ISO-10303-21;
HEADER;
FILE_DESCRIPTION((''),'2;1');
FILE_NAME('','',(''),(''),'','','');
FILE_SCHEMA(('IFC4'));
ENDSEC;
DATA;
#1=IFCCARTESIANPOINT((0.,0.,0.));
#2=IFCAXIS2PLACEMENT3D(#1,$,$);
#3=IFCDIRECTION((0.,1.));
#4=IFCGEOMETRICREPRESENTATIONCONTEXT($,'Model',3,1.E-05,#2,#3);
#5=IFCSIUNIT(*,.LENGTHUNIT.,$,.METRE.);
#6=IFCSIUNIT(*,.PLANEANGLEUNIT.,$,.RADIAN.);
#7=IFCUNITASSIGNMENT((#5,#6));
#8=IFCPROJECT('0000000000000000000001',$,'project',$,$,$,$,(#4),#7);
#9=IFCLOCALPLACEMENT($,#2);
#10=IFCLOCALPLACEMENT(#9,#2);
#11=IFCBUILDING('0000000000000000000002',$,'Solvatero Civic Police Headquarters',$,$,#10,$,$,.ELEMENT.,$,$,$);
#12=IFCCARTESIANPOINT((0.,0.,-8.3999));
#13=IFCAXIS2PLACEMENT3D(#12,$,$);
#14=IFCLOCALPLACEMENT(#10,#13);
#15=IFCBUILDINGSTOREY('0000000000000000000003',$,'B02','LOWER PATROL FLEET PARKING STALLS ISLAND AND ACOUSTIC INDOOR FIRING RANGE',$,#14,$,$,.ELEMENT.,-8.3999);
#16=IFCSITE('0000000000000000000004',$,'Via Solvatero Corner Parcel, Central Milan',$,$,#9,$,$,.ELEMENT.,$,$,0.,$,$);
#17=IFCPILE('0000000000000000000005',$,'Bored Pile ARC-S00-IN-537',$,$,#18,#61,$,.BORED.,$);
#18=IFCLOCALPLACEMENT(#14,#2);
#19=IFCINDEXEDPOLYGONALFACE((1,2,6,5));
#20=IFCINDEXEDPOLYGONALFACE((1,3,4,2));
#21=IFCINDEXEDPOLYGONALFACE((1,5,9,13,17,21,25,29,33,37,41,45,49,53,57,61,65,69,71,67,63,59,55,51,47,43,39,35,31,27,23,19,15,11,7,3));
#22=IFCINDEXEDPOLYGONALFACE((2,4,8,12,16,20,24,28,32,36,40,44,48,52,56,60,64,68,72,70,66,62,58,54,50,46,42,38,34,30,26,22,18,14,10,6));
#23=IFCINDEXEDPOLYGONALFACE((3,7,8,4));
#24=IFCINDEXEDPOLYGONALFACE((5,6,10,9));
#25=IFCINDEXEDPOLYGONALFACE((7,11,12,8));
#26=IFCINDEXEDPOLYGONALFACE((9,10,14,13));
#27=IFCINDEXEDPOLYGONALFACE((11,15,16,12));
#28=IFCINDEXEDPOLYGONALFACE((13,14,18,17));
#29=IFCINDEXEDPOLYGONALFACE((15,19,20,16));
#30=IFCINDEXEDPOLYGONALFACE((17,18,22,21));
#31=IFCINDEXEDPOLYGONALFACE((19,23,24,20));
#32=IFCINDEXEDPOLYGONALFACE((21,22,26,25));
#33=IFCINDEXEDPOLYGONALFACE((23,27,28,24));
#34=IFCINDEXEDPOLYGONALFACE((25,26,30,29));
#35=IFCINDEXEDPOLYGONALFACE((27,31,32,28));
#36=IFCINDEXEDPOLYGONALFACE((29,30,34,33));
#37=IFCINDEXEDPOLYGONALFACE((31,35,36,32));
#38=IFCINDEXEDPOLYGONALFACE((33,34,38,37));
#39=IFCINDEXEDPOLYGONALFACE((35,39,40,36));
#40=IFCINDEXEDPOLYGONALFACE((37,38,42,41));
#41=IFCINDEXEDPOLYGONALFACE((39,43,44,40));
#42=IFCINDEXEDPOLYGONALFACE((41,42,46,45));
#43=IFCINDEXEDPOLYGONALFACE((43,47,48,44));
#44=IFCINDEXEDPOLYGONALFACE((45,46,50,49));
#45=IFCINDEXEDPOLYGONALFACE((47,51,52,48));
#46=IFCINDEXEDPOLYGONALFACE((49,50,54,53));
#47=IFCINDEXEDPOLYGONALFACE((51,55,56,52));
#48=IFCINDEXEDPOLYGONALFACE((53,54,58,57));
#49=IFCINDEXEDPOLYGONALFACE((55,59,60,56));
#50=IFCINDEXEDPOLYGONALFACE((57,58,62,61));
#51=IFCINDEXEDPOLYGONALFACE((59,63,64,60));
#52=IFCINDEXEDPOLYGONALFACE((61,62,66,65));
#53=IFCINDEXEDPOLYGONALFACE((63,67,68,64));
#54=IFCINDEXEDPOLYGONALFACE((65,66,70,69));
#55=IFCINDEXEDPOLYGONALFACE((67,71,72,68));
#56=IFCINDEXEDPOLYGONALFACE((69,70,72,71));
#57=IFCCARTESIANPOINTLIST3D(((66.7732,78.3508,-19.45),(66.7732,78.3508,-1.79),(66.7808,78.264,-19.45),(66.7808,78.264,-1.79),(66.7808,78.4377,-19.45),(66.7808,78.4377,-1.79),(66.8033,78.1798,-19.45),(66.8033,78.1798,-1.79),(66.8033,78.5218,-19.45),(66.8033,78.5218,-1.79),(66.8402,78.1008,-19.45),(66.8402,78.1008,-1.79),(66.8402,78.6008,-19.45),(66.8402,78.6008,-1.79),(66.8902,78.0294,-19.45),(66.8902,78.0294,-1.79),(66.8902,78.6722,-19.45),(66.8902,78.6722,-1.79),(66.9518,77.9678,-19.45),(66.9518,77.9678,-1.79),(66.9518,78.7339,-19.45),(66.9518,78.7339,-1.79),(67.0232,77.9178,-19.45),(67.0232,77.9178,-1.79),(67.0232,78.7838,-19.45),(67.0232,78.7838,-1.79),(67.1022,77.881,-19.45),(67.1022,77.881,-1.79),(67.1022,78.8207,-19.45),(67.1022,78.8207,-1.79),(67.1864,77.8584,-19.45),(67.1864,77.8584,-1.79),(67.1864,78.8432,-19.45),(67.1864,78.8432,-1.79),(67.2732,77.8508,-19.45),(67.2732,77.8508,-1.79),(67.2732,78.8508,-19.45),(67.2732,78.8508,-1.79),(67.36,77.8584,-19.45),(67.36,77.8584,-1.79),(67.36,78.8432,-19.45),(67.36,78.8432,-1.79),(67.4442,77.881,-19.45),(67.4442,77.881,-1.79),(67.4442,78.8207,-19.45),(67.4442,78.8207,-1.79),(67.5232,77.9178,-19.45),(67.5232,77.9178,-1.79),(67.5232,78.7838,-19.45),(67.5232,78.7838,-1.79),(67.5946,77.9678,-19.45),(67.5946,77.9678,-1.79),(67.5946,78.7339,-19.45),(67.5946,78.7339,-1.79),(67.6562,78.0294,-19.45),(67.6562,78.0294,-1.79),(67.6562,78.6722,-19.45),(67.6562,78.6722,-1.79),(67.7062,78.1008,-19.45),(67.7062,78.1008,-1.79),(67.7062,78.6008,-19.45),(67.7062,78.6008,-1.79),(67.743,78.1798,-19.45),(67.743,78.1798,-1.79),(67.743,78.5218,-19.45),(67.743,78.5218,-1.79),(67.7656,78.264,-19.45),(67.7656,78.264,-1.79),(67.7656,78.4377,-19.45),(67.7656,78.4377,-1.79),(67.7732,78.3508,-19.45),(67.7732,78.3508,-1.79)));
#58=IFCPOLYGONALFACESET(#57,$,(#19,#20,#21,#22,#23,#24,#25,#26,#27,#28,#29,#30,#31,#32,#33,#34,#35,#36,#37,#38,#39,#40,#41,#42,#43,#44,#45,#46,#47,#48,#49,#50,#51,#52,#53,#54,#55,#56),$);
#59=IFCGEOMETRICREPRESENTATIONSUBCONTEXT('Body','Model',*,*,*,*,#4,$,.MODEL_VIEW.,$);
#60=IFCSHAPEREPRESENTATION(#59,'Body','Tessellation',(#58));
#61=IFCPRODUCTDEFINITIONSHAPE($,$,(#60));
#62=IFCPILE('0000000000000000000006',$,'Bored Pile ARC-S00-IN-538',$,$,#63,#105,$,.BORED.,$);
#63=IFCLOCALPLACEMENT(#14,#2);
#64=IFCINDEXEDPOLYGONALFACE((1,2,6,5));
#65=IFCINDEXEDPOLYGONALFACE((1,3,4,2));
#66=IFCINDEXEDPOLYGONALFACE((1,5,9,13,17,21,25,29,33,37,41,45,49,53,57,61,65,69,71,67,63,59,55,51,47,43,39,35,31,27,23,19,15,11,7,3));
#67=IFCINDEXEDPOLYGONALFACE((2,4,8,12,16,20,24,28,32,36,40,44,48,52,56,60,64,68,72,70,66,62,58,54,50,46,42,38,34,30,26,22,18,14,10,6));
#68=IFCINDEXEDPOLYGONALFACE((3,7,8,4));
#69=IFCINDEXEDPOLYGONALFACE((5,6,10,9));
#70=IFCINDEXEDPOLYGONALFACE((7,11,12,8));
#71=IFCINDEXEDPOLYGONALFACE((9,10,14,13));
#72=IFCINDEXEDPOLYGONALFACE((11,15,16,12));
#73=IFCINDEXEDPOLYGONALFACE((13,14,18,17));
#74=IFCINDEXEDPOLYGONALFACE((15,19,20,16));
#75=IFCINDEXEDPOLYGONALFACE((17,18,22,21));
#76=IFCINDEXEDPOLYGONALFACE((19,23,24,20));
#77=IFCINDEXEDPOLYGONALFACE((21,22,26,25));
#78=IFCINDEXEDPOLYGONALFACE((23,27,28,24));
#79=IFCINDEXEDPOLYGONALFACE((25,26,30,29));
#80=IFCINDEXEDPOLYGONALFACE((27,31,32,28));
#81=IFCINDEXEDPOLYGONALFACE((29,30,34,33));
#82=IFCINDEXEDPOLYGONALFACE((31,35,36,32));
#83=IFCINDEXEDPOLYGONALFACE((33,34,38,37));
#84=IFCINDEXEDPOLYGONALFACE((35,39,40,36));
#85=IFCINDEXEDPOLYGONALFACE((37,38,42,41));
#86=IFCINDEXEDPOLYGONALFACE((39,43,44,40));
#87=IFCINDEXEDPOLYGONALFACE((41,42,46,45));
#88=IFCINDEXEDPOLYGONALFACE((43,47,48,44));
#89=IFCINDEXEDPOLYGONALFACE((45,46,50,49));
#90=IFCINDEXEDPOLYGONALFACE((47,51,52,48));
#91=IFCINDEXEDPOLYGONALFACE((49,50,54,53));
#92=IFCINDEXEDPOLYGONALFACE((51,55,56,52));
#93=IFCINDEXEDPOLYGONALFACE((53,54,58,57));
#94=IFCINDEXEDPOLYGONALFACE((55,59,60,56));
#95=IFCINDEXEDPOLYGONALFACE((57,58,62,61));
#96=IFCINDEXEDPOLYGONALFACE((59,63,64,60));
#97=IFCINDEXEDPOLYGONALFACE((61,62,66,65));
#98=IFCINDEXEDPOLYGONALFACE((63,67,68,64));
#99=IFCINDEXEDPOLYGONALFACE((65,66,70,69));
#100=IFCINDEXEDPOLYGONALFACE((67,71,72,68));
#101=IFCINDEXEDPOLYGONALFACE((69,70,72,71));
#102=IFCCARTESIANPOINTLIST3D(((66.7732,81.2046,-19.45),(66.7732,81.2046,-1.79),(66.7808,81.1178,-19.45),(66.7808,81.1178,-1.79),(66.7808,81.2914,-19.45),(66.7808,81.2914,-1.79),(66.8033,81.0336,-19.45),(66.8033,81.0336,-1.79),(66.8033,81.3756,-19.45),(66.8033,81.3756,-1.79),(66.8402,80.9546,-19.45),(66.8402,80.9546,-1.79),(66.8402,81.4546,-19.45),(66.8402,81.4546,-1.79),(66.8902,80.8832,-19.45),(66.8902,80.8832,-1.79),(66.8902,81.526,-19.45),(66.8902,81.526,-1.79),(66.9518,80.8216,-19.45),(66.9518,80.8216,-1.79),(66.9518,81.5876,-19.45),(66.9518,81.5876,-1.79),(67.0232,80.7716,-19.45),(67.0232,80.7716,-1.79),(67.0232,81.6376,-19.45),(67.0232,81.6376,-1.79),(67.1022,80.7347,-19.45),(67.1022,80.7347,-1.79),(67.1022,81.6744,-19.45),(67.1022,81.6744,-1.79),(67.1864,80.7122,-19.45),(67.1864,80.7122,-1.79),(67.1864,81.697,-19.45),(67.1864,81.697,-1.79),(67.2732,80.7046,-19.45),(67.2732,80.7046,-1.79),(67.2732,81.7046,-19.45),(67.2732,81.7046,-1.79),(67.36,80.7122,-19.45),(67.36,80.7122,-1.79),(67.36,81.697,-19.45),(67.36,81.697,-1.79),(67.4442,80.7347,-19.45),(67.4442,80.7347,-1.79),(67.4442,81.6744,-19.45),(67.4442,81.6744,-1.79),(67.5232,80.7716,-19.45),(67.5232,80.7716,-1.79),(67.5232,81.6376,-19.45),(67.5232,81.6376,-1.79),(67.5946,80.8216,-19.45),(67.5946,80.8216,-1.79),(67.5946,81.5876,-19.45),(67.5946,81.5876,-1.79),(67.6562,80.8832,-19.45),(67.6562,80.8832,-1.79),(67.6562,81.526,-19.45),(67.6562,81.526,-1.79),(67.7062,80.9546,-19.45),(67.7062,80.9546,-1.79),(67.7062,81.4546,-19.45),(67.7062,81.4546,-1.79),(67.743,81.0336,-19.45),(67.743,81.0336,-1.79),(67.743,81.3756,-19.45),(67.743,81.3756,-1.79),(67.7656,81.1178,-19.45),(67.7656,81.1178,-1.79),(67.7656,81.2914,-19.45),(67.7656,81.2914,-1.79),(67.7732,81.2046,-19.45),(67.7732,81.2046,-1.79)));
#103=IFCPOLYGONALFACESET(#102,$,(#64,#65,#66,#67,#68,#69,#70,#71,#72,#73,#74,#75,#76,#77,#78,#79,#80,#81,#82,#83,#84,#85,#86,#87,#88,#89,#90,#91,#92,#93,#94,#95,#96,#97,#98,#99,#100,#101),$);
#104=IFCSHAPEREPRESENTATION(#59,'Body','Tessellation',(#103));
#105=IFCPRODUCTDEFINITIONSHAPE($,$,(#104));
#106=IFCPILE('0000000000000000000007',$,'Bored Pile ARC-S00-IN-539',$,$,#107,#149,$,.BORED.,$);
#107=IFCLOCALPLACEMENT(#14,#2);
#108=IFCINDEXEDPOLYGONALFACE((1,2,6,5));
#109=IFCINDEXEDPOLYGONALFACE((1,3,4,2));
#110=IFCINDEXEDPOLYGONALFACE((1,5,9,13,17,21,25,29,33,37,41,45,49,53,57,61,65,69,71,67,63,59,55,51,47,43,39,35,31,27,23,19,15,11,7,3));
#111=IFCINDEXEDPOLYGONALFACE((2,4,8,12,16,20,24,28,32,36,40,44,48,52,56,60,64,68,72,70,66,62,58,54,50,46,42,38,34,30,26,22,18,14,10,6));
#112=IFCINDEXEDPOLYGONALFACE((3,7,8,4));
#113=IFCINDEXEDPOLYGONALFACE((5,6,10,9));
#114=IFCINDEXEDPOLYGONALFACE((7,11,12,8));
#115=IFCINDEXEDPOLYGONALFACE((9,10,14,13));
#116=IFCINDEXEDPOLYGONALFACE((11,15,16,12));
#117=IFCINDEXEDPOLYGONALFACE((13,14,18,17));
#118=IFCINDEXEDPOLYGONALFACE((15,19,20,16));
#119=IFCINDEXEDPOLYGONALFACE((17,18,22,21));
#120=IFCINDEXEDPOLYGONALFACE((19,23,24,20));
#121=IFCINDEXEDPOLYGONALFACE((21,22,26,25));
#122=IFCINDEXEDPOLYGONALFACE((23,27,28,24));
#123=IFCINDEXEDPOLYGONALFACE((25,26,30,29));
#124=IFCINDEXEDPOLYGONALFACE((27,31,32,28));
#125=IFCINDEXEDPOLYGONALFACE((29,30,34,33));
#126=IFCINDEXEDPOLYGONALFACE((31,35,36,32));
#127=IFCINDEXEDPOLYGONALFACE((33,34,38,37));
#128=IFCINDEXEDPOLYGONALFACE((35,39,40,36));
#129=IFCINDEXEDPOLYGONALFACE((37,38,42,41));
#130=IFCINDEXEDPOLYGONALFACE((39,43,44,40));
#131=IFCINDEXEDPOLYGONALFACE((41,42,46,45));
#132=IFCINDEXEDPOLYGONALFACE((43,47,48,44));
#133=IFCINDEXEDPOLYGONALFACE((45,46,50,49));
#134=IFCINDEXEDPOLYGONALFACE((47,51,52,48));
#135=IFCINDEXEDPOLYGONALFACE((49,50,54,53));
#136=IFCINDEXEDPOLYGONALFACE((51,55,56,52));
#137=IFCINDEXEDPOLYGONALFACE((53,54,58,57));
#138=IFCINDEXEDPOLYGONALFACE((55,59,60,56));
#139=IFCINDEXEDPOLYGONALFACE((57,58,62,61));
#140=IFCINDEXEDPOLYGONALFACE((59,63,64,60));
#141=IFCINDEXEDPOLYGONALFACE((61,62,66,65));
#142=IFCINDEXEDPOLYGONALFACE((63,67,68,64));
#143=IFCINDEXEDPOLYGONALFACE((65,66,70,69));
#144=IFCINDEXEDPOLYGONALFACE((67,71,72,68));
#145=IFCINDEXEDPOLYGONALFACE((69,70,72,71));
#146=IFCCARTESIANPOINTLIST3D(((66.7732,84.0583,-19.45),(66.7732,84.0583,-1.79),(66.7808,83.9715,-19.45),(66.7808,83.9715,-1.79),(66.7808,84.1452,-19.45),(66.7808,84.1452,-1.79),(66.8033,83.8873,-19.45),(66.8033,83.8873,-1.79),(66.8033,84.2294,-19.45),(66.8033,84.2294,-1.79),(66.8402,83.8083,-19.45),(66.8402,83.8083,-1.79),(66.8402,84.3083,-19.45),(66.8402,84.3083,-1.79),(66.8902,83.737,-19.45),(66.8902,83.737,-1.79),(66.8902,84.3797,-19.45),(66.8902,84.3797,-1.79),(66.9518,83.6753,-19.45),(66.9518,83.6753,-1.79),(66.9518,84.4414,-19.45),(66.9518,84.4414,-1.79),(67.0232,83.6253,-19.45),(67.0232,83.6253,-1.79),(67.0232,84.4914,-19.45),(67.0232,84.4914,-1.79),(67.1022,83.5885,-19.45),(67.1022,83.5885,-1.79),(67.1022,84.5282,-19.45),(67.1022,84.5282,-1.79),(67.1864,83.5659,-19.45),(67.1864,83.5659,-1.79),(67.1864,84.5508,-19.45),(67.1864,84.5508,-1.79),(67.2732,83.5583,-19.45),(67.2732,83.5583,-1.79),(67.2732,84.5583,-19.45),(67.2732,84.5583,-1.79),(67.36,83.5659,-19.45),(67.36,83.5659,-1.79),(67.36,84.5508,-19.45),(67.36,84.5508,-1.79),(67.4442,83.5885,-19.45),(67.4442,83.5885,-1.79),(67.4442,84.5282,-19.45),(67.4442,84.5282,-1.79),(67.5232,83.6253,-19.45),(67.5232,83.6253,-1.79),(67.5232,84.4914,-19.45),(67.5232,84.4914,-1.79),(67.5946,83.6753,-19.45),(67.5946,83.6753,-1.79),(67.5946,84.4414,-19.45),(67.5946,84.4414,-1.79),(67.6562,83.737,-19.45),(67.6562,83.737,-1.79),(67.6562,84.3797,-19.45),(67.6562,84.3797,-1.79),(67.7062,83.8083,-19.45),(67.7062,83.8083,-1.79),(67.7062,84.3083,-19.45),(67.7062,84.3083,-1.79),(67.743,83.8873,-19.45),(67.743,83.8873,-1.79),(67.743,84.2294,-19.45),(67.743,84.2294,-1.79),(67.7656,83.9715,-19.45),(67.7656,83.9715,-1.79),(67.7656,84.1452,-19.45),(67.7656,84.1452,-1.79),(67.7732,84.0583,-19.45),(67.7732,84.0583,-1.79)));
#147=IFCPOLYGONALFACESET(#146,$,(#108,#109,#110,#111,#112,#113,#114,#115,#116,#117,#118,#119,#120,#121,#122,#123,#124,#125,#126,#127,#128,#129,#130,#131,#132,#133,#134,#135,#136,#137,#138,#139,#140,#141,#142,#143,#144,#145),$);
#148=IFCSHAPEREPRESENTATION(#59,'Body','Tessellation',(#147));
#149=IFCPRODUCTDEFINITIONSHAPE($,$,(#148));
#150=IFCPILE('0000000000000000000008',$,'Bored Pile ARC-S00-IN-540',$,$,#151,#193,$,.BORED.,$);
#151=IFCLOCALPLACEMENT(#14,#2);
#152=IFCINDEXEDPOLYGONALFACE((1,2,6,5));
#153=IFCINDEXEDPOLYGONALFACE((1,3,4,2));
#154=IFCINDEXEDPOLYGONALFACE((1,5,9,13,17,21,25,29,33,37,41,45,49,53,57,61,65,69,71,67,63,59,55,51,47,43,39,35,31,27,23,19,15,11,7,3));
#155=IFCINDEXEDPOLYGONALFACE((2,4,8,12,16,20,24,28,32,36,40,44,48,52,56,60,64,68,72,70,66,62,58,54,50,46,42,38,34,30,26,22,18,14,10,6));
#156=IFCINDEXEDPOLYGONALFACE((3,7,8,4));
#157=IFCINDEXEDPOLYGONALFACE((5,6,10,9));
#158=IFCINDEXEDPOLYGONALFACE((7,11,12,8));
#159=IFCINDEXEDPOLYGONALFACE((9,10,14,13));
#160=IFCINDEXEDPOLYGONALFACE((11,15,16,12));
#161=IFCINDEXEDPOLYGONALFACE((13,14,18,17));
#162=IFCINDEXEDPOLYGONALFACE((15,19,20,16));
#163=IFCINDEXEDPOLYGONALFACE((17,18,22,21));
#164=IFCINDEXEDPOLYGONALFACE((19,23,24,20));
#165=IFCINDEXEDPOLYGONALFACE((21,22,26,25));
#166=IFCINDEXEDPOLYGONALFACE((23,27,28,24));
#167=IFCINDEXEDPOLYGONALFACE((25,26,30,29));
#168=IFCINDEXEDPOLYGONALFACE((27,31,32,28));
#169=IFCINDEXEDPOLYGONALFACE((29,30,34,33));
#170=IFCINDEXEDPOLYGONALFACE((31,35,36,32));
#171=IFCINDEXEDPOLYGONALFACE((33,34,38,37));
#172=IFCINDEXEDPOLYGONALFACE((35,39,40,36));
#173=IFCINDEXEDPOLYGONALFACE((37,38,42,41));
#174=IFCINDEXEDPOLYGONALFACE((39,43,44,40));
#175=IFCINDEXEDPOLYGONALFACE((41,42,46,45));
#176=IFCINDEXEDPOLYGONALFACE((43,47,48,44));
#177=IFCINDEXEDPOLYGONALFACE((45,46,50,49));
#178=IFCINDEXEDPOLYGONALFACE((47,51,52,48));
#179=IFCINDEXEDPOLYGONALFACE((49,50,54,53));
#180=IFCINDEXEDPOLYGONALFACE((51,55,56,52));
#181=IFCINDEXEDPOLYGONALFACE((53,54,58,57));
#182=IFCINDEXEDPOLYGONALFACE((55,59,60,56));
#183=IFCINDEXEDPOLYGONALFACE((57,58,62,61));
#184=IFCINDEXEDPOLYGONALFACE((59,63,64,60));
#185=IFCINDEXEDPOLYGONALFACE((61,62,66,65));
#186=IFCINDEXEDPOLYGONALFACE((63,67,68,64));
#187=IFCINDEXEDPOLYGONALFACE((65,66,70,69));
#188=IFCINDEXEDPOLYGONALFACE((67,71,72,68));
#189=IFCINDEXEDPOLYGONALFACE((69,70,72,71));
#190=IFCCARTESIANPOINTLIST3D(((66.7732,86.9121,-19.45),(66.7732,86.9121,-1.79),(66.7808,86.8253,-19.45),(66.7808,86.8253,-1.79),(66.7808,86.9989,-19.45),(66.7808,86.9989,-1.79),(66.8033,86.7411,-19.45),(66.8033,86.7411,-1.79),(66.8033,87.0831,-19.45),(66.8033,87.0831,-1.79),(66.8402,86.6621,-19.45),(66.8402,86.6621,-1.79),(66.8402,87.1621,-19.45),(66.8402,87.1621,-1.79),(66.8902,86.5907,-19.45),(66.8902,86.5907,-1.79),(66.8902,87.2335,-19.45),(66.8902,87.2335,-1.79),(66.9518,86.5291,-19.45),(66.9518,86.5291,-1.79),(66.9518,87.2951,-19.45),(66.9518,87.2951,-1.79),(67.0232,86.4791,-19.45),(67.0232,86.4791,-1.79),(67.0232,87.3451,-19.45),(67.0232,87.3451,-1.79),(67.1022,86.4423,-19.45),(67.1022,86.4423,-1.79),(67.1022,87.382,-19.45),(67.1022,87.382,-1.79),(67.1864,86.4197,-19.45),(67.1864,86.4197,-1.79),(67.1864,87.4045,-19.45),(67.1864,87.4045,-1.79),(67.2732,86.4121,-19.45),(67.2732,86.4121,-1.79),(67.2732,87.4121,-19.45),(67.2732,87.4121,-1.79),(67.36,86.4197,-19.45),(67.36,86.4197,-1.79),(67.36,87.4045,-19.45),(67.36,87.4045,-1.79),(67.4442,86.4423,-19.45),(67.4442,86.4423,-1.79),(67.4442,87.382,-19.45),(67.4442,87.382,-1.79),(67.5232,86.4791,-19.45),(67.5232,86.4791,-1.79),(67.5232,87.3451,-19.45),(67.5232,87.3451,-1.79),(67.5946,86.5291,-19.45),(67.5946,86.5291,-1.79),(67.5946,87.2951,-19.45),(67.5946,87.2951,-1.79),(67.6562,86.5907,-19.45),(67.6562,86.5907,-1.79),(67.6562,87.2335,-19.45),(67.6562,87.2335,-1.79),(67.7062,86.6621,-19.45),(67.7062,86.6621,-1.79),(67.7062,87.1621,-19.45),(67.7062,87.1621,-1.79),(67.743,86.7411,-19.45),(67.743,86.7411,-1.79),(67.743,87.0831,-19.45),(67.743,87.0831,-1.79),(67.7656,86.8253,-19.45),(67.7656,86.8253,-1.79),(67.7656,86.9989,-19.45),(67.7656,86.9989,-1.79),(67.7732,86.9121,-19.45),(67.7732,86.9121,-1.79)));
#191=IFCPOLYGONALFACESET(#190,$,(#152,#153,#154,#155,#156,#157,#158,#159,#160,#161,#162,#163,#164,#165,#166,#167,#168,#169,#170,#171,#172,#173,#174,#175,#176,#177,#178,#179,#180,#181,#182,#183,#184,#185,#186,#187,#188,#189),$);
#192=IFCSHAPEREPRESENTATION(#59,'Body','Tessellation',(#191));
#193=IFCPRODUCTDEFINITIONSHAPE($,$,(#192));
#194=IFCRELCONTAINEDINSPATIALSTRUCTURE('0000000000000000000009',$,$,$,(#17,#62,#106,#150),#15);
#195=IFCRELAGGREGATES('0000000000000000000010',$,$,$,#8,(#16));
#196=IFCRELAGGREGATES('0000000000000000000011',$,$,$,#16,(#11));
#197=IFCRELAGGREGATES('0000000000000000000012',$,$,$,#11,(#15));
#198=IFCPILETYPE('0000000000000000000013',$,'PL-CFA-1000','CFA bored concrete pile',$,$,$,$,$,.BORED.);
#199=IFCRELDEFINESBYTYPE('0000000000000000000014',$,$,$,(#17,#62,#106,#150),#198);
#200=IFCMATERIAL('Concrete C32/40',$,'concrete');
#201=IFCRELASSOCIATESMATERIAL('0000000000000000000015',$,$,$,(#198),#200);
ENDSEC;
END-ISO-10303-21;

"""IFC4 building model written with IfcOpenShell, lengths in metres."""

from ifc_helpers import new_model, si_unit, direction, frame, origin, origin_2d, place, context, subcontext, project, spatial, circle, extrude, material, material_profile, profile_set, type_object, element, save


model = new_model("IFC4")

# Units and contexts
model_context = context("Model", 3, precision=1e-05, world=origin(), true_north=direction((0.0, 1.0)))
body_context = subcontext(model_context, "Body", "Model", "MODEL_VIEW")
ifc_project = project(units=[si_unit("LENGTHUNIT", "METRE"), si_unit("PLANEANGLEUNIT", "RADIAN")], contexts=[model_context])

# Site, building, storey
site_placement = place(None, origin())
site = spatial("IfcSite", under=ifc_project, at=site_placement, Name="Via Solvatero Corner Parcel, Central Milan", CompositionType="ELEMENT", RefElevation=0.0)
building_placement = place(site_placement, origin())
building = spatial("IfcBuilding", under=site, at=building_placement, Name="Solvatero Civic Police Headquarters", CompositionType="ELEMENT")
storey_placement = place(building_placement, frame((0.0, 0.0, -8.3999)))
storey = spatial("IfcBuildingStorey", under=building, at=storey_placement, Name="B02", Description="LOWER PATROL FLEET PARKING STALLS ISLAND AND ACOUSTIC INDOOR FIRING RANGE", CompositionType="ELEMENT", Elevation=-8.3999)

# Piles
ifc_material_1 = material(Name="Concrete C32/40", Category="concrete")
ifc_material_profile_1 = material_profile(ifc_material_1, circle(Radius=0.5, at=origin_2d()), Name="CFA PILE D1000")
ifc_profile_set_1 = profile_set([ifc_material_profile_1], Name="Concrete C32/40")
pile_type = type_object("IfcPileType", Name="PL-CFA-1000", Description="CFA bored concrete pile", PredefinedType="BORED", material=ifc_profile_set_1)
for number, where, z_axis, x_axis, name in (
    (1, (67.2732, 78.3508, -1.79), (0.0, 0.0, -1.0), (1.0, 0.0, 0.0), "Bored Pile ARC-S00-IN-537"),
    (2, (67.2732, 81.2046, -1.79), (0.0, 0.0, -1.0), (1.0, 0.0, 0.0), "Bored Pile ARC-S00-IN-538"),
    (3, (67.2732, 84.0583, -1.79), (0.0, 0.0, -1.0), (1.0, 0.0, 0.0), "Bored Pile ARC-S00-IN-539"),
    (4, (67.2732, 86.9121, -1.79), (0.0, 0.0, -1.0), (1.0, 0.0, 0.0), "Bored Pile ARC-S00-IN-540"),
):
    element("IfcPile", number, at=place(storey_placement, frame(where, z_axis=z_axis, x_axis=x_axis)), inside=storey, type_object=pile_type, Name=name, PredefinedType="BORED", context=body_context, shape_type="SweptSolid", body=[
        extrude(circle(Radius=0.5, at=origin_2d()), origin(), (0.0, 0.0, 1.0), 17.6599),
    ])

save(model, "model.ifc")
